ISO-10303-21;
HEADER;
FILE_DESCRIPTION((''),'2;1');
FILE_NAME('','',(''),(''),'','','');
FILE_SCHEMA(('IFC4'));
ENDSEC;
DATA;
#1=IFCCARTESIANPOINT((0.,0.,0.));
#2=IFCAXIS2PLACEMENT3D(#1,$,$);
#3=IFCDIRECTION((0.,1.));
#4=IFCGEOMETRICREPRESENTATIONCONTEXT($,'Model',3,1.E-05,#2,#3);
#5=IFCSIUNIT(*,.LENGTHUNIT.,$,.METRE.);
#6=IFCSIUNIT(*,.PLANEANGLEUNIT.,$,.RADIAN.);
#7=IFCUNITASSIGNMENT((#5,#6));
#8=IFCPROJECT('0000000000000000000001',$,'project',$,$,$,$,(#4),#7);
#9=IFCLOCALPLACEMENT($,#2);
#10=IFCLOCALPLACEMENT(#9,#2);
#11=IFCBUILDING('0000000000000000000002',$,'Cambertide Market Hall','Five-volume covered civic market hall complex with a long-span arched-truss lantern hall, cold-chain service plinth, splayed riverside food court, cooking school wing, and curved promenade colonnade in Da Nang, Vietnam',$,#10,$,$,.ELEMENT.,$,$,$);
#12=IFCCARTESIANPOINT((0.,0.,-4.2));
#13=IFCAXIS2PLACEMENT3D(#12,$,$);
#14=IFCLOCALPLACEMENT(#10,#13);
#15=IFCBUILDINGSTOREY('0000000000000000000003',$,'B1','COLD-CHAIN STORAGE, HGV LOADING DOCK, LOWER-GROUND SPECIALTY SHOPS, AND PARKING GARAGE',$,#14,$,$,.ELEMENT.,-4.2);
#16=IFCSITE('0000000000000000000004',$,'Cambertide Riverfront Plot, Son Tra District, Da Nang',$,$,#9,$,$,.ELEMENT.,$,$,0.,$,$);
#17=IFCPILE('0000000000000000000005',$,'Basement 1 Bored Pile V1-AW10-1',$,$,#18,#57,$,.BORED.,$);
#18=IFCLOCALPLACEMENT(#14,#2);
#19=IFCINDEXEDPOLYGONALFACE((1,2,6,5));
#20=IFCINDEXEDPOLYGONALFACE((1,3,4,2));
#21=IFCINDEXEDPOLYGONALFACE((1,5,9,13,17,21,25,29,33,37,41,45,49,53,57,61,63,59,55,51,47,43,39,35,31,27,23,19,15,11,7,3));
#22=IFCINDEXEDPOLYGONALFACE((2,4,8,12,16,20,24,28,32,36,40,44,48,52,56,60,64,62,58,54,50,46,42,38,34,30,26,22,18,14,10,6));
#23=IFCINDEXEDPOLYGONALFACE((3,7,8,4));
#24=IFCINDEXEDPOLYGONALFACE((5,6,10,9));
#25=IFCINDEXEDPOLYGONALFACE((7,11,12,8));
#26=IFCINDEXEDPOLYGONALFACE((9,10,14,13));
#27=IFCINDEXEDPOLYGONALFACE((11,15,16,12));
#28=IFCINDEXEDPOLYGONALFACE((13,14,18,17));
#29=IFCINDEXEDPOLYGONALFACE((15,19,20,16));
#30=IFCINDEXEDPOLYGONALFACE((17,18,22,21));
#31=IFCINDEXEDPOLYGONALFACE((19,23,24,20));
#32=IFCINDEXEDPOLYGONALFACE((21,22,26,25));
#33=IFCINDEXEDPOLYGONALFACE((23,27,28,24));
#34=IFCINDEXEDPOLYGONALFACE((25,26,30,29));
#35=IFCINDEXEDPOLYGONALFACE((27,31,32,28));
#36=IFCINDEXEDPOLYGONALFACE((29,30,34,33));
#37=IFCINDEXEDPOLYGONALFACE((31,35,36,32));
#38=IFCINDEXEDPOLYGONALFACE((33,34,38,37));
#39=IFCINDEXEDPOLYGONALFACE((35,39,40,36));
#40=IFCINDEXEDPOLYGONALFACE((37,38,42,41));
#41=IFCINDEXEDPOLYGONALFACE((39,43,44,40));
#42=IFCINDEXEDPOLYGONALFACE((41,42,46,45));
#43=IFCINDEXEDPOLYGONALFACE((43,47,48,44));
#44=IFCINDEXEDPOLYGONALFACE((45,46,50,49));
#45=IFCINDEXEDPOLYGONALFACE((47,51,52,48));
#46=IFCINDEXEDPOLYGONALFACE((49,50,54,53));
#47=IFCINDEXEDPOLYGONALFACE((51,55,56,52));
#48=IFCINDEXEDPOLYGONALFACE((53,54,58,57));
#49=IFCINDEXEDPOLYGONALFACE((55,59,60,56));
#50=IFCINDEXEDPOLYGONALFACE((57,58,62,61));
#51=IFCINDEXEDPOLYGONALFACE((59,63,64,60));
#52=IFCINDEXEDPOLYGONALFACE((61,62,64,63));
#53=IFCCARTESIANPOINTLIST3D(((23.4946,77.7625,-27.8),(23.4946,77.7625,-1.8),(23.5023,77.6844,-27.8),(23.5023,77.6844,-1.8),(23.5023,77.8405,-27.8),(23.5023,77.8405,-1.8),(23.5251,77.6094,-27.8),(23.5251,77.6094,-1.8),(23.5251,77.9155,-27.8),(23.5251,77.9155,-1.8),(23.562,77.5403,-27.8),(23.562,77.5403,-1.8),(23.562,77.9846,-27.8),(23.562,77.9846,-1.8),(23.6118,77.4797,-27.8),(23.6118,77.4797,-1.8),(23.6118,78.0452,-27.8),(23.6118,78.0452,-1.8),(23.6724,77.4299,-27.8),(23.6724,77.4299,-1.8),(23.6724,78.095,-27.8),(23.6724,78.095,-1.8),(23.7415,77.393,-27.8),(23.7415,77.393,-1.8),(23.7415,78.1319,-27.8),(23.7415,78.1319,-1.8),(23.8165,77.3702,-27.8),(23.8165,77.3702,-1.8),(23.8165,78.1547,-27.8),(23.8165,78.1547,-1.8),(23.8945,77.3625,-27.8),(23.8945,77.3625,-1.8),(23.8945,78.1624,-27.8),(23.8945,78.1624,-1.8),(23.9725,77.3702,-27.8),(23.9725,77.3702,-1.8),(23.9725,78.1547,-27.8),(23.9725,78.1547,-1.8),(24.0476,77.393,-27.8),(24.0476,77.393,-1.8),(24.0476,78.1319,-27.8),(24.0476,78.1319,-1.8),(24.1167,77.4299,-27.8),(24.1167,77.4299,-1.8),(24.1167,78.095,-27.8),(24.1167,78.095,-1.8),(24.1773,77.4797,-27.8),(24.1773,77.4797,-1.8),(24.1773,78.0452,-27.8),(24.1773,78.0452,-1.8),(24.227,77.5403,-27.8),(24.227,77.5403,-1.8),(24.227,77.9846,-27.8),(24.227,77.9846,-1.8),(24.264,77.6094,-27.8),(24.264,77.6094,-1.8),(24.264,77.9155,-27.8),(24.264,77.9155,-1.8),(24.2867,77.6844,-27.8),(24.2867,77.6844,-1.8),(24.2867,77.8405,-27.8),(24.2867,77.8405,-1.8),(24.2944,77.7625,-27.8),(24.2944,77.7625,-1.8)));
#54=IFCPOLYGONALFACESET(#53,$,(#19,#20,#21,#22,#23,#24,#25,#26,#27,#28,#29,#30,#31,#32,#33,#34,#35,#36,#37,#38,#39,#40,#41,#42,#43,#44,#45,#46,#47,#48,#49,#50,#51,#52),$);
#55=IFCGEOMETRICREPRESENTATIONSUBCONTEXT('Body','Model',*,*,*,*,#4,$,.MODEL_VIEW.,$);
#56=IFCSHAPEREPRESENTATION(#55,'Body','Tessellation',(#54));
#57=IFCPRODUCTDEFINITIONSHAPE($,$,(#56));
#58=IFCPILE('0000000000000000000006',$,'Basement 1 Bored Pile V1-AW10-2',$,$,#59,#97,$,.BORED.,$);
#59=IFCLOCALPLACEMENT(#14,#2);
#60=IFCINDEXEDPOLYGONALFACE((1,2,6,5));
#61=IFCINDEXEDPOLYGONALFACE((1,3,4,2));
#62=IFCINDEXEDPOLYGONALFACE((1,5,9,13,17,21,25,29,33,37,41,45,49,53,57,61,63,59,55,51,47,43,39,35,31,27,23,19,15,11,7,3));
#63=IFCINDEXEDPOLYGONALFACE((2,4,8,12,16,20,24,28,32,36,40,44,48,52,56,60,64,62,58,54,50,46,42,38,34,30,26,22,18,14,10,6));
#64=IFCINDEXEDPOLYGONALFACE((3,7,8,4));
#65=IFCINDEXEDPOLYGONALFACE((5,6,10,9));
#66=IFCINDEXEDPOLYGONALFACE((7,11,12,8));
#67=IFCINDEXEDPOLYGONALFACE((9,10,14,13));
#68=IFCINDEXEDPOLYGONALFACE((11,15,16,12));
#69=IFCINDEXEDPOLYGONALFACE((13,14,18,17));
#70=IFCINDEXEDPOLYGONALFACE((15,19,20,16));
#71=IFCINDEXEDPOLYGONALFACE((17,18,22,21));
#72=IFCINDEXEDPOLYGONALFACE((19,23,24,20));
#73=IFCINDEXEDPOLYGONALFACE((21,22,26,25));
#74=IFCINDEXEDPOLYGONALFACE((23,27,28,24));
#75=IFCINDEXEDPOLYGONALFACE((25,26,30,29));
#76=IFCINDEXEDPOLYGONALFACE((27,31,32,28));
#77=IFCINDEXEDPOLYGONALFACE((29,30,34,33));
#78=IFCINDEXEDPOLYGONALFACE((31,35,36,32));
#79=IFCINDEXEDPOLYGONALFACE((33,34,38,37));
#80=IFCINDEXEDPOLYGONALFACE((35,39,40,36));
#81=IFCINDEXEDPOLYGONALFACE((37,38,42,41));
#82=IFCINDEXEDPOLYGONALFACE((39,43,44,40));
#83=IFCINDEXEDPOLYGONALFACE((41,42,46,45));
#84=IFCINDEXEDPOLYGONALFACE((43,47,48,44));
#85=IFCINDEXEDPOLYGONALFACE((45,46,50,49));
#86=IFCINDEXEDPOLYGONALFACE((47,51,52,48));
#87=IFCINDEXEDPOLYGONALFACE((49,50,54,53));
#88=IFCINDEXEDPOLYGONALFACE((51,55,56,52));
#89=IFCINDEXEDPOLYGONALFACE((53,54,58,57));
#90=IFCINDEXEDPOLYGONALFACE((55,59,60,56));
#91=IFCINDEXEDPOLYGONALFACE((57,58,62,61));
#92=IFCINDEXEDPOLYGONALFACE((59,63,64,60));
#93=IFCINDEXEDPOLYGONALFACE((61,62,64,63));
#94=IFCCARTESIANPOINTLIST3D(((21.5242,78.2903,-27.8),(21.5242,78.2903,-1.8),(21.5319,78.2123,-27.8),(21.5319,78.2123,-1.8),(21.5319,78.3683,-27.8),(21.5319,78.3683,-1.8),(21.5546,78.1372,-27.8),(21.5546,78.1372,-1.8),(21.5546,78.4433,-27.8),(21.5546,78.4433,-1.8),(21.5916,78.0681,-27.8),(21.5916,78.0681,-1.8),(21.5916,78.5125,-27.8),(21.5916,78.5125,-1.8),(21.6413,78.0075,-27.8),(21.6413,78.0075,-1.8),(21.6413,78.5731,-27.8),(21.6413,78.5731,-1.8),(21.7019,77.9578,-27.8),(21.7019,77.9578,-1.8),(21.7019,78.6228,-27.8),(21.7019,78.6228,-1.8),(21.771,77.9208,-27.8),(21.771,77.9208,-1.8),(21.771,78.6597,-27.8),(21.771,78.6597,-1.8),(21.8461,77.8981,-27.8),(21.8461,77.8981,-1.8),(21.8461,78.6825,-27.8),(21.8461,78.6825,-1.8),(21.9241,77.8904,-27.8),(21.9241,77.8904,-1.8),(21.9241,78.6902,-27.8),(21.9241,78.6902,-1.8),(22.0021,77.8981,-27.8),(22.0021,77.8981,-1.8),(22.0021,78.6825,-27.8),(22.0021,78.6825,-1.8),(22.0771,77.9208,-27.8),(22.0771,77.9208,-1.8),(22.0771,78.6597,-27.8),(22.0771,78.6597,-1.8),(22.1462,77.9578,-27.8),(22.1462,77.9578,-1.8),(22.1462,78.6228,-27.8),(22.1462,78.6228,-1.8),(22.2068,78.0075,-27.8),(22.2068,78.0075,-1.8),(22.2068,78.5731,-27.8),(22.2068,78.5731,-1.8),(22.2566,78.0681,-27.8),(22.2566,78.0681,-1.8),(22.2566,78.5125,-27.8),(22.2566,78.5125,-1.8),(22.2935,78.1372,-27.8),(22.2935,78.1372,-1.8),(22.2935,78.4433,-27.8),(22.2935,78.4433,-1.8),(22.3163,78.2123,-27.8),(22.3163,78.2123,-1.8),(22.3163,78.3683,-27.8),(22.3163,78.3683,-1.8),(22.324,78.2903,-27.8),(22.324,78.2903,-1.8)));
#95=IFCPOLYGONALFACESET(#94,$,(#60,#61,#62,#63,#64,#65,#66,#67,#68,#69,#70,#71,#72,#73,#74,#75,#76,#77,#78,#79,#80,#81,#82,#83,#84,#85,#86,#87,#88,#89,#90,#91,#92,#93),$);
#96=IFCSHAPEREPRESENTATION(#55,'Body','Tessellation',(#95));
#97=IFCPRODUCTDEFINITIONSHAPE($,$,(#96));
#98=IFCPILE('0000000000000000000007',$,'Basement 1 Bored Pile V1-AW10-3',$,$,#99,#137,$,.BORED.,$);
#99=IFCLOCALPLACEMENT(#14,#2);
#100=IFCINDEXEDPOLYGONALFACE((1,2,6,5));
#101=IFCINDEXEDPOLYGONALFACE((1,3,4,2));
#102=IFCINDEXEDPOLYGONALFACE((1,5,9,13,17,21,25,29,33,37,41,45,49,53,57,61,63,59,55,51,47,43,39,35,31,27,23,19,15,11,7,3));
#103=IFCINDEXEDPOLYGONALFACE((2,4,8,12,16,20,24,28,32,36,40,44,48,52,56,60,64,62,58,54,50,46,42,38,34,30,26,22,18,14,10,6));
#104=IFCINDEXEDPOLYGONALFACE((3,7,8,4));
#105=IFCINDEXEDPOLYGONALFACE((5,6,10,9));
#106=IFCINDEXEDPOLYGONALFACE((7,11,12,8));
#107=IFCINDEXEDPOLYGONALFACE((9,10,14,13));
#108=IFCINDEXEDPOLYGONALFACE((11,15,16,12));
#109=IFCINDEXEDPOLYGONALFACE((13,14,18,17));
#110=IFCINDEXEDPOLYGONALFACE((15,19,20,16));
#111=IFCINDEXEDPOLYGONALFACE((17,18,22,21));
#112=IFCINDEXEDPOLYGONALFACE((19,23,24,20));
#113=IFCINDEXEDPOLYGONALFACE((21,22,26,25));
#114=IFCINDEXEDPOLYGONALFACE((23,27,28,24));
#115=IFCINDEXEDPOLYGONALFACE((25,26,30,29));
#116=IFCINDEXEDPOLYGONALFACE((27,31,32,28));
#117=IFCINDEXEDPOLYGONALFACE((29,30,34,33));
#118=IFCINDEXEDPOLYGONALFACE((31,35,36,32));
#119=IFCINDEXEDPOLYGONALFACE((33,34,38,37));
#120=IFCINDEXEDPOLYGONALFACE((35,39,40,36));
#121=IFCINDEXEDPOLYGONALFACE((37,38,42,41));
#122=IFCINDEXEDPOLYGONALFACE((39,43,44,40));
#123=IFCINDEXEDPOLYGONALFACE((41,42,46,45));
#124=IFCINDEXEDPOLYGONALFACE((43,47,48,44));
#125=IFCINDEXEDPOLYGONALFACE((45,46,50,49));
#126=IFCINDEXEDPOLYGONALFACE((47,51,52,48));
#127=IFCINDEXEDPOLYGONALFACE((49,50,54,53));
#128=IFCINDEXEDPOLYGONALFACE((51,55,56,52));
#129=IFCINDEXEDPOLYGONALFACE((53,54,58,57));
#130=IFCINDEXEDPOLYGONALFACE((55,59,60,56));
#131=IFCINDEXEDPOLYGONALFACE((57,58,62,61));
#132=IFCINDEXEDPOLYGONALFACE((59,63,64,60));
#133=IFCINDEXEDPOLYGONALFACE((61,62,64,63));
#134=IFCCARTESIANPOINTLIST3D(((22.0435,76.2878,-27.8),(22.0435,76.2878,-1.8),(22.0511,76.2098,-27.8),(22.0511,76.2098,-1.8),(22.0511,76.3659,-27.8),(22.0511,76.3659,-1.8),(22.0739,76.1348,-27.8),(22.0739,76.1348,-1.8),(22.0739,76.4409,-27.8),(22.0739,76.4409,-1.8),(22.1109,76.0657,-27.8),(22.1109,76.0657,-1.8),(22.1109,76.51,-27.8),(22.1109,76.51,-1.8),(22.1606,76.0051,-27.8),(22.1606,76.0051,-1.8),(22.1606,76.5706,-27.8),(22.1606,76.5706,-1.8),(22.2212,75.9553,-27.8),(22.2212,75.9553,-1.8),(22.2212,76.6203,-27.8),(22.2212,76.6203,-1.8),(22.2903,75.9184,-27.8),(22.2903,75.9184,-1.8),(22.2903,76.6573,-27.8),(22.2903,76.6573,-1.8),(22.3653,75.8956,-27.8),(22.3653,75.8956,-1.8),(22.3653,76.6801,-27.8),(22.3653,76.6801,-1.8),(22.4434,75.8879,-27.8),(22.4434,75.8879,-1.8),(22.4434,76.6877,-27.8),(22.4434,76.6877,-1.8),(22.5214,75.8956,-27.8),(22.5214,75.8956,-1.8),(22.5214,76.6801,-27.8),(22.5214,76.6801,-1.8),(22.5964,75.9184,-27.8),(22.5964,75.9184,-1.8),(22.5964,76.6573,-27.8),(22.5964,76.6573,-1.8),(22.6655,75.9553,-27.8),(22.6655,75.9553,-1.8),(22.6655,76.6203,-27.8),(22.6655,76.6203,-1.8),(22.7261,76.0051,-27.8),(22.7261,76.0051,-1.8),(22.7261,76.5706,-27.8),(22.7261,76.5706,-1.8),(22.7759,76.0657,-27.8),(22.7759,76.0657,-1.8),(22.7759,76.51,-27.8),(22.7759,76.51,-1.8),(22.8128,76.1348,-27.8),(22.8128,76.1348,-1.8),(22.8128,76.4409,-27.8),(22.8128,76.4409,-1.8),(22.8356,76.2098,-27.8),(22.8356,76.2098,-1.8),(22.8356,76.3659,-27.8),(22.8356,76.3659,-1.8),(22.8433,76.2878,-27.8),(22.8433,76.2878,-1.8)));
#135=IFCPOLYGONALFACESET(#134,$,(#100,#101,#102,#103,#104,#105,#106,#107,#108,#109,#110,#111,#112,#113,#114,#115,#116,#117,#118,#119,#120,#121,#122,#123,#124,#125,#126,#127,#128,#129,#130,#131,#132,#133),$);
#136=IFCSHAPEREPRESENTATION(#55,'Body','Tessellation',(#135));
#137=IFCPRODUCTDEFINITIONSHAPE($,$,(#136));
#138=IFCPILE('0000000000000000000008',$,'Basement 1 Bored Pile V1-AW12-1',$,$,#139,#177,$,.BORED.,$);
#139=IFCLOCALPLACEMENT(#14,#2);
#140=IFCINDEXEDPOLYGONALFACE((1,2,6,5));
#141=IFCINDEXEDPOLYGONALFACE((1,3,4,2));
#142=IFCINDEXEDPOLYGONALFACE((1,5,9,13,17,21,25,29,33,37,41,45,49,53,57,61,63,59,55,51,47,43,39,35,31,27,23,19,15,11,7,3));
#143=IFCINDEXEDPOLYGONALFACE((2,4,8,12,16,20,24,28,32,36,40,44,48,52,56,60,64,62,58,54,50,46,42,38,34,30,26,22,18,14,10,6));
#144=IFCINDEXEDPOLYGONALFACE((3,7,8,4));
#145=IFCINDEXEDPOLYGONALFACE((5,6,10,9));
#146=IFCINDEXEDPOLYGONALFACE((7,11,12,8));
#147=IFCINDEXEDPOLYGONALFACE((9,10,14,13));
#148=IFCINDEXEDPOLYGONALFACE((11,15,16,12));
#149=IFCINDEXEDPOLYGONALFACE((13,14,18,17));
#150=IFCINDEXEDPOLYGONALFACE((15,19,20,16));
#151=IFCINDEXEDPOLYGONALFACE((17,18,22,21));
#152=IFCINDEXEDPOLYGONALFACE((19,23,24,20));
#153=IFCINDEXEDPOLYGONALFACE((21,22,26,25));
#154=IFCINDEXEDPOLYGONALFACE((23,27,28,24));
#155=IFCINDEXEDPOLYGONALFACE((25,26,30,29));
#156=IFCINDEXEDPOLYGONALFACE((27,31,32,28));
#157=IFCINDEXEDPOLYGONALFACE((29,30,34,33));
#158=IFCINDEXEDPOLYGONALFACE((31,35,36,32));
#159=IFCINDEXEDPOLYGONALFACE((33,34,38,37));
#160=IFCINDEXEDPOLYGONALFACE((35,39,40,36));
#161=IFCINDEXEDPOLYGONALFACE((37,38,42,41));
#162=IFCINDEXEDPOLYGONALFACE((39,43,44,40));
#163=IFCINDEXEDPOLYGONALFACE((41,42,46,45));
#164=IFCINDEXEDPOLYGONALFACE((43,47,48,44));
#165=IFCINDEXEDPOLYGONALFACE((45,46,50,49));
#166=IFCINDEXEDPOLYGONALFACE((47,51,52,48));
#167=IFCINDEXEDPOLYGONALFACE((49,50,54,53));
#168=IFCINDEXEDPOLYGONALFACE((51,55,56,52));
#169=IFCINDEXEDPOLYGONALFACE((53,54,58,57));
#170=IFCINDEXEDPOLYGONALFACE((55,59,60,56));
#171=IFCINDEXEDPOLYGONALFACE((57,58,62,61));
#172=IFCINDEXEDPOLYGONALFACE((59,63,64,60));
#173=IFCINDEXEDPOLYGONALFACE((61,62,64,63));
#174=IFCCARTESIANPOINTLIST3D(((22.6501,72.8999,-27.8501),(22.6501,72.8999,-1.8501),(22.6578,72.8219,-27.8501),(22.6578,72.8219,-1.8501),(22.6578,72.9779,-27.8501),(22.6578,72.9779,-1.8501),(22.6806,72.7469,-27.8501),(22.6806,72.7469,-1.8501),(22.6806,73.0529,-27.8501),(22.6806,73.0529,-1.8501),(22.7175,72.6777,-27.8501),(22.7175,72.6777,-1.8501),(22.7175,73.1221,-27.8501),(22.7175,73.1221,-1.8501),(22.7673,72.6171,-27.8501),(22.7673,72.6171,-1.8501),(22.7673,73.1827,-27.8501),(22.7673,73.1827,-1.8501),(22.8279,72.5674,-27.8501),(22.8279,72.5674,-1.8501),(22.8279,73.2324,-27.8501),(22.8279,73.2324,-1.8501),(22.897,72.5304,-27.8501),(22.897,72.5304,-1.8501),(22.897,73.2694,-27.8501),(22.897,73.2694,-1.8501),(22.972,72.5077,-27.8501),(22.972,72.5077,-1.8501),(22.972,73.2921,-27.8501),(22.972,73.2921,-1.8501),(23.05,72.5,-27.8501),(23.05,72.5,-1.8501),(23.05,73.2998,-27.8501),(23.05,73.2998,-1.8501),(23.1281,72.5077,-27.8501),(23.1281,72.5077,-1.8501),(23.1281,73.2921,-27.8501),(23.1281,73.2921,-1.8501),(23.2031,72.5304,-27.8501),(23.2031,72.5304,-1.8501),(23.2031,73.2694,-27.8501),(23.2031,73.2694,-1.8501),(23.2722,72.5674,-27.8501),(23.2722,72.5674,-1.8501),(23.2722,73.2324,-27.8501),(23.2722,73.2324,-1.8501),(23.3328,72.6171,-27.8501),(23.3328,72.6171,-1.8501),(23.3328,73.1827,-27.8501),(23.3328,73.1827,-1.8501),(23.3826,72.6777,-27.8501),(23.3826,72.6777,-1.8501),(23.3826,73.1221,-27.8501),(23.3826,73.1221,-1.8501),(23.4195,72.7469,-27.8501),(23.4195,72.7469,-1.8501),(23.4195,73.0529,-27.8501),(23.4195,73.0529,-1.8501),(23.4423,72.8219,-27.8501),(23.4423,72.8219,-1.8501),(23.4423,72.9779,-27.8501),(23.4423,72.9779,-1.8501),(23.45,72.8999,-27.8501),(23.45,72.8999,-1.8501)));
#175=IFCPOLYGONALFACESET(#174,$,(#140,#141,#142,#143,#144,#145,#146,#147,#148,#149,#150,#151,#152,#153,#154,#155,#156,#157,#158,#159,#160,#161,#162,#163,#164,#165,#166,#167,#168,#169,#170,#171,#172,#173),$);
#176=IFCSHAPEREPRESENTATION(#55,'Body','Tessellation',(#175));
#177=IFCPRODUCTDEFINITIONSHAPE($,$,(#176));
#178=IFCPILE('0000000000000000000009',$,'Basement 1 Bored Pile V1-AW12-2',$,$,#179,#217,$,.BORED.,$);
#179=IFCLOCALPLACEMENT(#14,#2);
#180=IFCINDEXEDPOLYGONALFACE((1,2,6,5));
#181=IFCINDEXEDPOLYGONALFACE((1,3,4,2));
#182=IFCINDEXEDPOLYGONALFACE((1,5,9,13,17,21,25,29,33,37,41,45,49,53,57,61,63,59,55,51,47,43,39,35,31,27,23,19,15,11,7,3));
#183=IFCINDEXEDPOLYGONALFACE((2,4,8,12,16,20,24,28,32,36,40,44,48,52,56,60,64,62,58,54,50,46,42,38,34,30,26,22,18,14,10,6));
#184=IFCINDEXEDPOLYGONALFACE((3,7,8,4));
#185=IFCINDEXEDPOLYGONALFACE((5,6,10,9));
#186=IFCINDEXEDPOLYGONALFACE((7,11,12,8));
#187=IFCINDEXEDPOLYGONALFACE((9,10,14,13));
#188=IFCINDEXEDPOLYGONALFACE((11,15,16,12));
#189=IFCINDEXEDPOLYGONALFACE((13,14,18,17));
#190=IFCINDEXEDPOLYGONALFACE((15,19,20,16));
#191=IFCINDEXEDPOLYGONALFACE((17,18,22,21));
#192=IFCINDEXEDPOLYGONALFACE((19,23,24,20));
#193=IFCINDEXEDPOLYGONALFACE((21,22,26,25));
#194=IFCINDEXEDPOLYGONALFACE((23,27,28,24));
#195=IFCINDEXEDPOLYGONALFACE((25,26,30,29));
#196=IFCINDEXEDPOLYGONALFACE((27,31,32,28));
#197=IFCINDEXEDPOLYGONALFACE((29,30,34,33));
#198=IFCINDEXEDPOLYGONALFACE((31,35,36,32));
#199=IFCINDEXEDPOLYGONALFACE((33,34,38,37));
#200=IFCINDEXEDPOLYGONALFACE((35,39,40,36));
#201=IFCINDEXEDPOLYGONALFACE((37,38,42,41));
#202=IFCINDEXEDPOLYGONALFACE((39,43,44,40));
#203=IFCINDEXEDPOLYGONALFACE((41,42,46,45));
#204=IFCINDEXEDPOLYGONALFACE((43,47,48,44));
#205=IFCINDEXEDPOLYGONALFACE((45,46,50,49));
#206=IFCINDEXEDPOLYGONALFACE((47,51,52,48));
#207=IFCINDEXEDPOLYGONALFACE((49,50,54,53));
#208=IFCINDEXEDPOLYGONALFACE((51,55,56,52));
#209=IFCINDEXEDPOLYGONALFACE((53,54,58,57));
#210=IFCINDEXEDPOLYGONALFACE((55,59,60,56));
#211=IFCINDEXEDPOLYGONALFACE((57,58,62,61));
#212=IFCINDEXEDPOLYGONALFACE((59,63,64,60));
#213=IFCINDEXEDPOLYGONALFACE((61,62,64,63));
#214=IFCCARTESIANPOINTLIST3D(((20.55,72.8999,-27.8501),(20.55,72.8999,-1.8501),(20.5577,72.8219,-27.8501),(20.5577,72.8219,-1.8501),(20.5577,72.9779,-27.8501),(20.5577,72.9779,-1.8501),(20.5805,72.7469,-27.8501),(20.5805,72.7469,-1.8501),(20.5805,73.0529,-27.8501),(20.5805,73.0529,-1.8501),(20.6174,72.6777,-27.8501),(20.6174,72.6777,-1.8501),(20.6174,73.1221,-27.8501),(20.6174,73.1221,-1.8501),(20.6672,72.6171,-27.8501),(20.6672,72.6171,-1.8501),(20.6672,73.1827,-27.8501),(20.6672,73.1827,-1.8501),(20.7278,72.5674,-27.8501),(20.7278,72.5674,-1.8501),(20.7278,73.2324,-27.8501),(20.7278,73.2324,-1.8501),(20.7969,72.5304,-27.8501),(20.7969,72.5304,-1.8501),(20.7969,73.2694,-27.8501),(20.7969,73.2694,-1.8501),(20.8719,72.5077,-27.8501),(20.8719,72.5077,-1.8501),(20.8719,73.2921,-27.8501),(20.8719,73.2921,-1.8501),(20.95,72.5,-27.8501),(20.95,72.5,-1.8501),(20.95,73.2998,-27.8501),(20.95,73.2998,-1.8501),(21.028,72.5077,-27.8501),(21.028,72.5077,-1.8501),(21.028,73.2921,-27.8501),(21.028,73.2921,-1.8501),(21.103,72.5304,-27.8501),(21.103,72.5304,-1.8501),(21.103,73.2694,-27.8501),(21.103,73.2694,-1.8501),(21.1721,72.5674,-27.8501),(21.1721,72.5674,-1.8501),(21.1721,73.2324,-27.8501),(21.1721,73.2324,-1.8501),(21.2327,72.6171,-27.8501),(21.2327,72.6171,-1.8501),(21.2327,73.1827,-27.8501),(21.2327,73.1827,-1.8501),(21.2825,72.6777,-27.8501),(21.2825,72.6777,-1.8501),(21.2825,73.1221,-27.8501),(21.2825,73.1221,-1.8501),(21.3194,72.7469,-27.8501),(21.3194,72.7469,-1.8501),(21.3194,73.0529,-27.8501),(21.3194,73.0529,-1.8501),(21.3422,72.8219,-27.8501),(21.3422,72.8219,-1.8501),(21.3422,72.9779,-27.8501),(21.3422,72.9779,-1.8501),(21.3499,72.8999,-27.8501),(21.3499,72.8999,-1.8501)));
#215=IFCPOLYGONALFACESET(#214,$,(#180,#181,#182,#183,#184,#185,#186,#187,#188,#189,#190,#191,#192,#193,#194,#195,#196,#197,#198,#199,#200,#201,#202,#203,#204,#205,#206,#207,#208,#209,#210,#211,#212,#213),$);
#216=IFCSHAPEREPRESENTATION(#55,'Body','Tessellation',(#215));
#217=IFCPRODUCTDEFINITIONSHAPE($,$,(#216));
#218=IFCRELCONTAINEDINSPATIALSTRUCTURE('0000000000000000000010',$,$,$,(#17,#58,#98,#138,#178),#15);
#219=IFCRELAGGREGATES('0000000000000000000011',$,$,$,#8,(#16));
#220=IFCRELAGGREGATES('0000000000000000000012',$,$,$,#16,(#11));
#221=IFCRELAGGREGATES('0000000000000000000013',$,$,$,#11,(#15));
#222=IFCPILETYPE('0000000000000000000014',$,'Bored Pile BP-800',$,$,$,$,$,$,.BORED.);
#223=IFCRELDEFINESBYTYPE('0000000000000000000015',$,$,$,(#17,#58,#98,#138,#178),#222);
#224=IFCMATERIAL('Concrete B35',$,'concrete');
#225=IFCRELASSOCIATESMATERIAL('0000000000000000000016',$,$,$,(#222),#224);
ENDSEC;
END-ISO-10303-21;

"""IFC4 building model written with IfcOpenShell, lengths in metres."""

from ifc_helpers import new_model, si_unit, direction, frame, origin, origin_2d, place, context, subcontext, project, spatial, circle, extrude, material, material_profile, profile_set, type_object, element, save


model = new_model("IFC4")

# Units and contexts
model_context = context("Model", 3, precision=1e-05, world=origin(), true_north=direction((0.0, 1.0)))
body_context = subcontext(model_context, "Body", "Model", "MODEL_VIEW")
ifc_project = project(units=[si_unit("LENGTHUNIT", "METRE"), si_unit("PLANEANGLEUNIT", "RADIAN")], contexts=[model_context])

# Site, building, storey
site_placement = place(None, origin())
site = spatial("IfcSite", under=ifc_project, at=site_placement, Name="Cambertide Riverfront Plot, Son Tra District, Da Nang", CompositionType="ELEMENT", RefElevation=0.0)
building_placement = place(site_placement, origin())
building = spatial("IfcBuilding", under=site, at=building_placement, Name="Cambertide Market Hall", Description="Five-volume covered civic market hall complex with a long-span arched-truss lantern hall, cold-chain service plinth, splayed riverside food court, cooking school wing, and curved promenade colonnade in Da Nang, Vietnam", CompositionType="ELEMENT")
storey_placement = place(building_placement, frame((0.0, 0.0, -4.2)))
storey = spatial("IfcBuildingStorey", under=building, at=storey_placement, Name="B1", Description="COLD-CHAIN STORAGE, HGV LOADING DOCK, LOWER-GROUND SPECIALTY SHOPS, AND PARKING GARAGE", CompositionType="ELEMENT", Elevation=-4.2)

# Piles
ifc_material_1 = material(Name="Concrete B35", Category="concrete")
ifc_material_profile_1 = material_profile(ifc_material_1, circle(Radius=0.3999, at=origin_2d()), Name="BP D800")
ifc_profile_set_1 = profile_set([ifc_material_profile_1], Name="Concrete B35")
pile_type_1 = type_object("IfcPileType", Name="Bored Pile BP-800", PredefinedType="BORED", material=ifc_profile_set_1)
for number, where, z_axis, x_axis, name in (
    (1, (23.8945, 77.7625, -1.8), (0.0, 0.0, -1.0), (1.0, 0.0, 0.0), "Basement 1 Bored Pile V1-AW10-1"),
    (2, (21.9241, 78.2903, -1.8), (0.0, 0.0, -1.0), (1.0, 0.0, 0.0), "Basement 1 Bored Pile V1-AW10-2"),
    (3, (22.4434, 76.2878, -1.8), (0.0, 0.0, -1.0), (1.0, 0.0, 0.0), "Basement 1 Bored Pile V1-AW10-3"),
    (4, (23.05, 72.8999, -1.8501), (0.0, 0.0, -1.0), (1.0, 0.0, 0.0), "Basement 1 Bored Pile V1-AW12-1"),
    (5, (20.95, 72.8999, -1.8501), (0.0, 0.0, -1.0), (1.0, 0.0, 0.0), "Basement 1 Bored Pile V1-AW12-2"),
):
    element("IfcPile", number, at=place(storey_placement, frame(where, z_axis=z_axis, x_axis=x_axis)), inside=storey, type_object=pile_type_1, Name=name, PredefinedType="BORED", context=body_context, shape_type="SweptSolid", body=[
        extrude(circle(Radius=0.3999, at=origin_2d()), origin(), (0.0, 0.0, 1.0), 26.0),
    ])

save(model, "model.ifc")
